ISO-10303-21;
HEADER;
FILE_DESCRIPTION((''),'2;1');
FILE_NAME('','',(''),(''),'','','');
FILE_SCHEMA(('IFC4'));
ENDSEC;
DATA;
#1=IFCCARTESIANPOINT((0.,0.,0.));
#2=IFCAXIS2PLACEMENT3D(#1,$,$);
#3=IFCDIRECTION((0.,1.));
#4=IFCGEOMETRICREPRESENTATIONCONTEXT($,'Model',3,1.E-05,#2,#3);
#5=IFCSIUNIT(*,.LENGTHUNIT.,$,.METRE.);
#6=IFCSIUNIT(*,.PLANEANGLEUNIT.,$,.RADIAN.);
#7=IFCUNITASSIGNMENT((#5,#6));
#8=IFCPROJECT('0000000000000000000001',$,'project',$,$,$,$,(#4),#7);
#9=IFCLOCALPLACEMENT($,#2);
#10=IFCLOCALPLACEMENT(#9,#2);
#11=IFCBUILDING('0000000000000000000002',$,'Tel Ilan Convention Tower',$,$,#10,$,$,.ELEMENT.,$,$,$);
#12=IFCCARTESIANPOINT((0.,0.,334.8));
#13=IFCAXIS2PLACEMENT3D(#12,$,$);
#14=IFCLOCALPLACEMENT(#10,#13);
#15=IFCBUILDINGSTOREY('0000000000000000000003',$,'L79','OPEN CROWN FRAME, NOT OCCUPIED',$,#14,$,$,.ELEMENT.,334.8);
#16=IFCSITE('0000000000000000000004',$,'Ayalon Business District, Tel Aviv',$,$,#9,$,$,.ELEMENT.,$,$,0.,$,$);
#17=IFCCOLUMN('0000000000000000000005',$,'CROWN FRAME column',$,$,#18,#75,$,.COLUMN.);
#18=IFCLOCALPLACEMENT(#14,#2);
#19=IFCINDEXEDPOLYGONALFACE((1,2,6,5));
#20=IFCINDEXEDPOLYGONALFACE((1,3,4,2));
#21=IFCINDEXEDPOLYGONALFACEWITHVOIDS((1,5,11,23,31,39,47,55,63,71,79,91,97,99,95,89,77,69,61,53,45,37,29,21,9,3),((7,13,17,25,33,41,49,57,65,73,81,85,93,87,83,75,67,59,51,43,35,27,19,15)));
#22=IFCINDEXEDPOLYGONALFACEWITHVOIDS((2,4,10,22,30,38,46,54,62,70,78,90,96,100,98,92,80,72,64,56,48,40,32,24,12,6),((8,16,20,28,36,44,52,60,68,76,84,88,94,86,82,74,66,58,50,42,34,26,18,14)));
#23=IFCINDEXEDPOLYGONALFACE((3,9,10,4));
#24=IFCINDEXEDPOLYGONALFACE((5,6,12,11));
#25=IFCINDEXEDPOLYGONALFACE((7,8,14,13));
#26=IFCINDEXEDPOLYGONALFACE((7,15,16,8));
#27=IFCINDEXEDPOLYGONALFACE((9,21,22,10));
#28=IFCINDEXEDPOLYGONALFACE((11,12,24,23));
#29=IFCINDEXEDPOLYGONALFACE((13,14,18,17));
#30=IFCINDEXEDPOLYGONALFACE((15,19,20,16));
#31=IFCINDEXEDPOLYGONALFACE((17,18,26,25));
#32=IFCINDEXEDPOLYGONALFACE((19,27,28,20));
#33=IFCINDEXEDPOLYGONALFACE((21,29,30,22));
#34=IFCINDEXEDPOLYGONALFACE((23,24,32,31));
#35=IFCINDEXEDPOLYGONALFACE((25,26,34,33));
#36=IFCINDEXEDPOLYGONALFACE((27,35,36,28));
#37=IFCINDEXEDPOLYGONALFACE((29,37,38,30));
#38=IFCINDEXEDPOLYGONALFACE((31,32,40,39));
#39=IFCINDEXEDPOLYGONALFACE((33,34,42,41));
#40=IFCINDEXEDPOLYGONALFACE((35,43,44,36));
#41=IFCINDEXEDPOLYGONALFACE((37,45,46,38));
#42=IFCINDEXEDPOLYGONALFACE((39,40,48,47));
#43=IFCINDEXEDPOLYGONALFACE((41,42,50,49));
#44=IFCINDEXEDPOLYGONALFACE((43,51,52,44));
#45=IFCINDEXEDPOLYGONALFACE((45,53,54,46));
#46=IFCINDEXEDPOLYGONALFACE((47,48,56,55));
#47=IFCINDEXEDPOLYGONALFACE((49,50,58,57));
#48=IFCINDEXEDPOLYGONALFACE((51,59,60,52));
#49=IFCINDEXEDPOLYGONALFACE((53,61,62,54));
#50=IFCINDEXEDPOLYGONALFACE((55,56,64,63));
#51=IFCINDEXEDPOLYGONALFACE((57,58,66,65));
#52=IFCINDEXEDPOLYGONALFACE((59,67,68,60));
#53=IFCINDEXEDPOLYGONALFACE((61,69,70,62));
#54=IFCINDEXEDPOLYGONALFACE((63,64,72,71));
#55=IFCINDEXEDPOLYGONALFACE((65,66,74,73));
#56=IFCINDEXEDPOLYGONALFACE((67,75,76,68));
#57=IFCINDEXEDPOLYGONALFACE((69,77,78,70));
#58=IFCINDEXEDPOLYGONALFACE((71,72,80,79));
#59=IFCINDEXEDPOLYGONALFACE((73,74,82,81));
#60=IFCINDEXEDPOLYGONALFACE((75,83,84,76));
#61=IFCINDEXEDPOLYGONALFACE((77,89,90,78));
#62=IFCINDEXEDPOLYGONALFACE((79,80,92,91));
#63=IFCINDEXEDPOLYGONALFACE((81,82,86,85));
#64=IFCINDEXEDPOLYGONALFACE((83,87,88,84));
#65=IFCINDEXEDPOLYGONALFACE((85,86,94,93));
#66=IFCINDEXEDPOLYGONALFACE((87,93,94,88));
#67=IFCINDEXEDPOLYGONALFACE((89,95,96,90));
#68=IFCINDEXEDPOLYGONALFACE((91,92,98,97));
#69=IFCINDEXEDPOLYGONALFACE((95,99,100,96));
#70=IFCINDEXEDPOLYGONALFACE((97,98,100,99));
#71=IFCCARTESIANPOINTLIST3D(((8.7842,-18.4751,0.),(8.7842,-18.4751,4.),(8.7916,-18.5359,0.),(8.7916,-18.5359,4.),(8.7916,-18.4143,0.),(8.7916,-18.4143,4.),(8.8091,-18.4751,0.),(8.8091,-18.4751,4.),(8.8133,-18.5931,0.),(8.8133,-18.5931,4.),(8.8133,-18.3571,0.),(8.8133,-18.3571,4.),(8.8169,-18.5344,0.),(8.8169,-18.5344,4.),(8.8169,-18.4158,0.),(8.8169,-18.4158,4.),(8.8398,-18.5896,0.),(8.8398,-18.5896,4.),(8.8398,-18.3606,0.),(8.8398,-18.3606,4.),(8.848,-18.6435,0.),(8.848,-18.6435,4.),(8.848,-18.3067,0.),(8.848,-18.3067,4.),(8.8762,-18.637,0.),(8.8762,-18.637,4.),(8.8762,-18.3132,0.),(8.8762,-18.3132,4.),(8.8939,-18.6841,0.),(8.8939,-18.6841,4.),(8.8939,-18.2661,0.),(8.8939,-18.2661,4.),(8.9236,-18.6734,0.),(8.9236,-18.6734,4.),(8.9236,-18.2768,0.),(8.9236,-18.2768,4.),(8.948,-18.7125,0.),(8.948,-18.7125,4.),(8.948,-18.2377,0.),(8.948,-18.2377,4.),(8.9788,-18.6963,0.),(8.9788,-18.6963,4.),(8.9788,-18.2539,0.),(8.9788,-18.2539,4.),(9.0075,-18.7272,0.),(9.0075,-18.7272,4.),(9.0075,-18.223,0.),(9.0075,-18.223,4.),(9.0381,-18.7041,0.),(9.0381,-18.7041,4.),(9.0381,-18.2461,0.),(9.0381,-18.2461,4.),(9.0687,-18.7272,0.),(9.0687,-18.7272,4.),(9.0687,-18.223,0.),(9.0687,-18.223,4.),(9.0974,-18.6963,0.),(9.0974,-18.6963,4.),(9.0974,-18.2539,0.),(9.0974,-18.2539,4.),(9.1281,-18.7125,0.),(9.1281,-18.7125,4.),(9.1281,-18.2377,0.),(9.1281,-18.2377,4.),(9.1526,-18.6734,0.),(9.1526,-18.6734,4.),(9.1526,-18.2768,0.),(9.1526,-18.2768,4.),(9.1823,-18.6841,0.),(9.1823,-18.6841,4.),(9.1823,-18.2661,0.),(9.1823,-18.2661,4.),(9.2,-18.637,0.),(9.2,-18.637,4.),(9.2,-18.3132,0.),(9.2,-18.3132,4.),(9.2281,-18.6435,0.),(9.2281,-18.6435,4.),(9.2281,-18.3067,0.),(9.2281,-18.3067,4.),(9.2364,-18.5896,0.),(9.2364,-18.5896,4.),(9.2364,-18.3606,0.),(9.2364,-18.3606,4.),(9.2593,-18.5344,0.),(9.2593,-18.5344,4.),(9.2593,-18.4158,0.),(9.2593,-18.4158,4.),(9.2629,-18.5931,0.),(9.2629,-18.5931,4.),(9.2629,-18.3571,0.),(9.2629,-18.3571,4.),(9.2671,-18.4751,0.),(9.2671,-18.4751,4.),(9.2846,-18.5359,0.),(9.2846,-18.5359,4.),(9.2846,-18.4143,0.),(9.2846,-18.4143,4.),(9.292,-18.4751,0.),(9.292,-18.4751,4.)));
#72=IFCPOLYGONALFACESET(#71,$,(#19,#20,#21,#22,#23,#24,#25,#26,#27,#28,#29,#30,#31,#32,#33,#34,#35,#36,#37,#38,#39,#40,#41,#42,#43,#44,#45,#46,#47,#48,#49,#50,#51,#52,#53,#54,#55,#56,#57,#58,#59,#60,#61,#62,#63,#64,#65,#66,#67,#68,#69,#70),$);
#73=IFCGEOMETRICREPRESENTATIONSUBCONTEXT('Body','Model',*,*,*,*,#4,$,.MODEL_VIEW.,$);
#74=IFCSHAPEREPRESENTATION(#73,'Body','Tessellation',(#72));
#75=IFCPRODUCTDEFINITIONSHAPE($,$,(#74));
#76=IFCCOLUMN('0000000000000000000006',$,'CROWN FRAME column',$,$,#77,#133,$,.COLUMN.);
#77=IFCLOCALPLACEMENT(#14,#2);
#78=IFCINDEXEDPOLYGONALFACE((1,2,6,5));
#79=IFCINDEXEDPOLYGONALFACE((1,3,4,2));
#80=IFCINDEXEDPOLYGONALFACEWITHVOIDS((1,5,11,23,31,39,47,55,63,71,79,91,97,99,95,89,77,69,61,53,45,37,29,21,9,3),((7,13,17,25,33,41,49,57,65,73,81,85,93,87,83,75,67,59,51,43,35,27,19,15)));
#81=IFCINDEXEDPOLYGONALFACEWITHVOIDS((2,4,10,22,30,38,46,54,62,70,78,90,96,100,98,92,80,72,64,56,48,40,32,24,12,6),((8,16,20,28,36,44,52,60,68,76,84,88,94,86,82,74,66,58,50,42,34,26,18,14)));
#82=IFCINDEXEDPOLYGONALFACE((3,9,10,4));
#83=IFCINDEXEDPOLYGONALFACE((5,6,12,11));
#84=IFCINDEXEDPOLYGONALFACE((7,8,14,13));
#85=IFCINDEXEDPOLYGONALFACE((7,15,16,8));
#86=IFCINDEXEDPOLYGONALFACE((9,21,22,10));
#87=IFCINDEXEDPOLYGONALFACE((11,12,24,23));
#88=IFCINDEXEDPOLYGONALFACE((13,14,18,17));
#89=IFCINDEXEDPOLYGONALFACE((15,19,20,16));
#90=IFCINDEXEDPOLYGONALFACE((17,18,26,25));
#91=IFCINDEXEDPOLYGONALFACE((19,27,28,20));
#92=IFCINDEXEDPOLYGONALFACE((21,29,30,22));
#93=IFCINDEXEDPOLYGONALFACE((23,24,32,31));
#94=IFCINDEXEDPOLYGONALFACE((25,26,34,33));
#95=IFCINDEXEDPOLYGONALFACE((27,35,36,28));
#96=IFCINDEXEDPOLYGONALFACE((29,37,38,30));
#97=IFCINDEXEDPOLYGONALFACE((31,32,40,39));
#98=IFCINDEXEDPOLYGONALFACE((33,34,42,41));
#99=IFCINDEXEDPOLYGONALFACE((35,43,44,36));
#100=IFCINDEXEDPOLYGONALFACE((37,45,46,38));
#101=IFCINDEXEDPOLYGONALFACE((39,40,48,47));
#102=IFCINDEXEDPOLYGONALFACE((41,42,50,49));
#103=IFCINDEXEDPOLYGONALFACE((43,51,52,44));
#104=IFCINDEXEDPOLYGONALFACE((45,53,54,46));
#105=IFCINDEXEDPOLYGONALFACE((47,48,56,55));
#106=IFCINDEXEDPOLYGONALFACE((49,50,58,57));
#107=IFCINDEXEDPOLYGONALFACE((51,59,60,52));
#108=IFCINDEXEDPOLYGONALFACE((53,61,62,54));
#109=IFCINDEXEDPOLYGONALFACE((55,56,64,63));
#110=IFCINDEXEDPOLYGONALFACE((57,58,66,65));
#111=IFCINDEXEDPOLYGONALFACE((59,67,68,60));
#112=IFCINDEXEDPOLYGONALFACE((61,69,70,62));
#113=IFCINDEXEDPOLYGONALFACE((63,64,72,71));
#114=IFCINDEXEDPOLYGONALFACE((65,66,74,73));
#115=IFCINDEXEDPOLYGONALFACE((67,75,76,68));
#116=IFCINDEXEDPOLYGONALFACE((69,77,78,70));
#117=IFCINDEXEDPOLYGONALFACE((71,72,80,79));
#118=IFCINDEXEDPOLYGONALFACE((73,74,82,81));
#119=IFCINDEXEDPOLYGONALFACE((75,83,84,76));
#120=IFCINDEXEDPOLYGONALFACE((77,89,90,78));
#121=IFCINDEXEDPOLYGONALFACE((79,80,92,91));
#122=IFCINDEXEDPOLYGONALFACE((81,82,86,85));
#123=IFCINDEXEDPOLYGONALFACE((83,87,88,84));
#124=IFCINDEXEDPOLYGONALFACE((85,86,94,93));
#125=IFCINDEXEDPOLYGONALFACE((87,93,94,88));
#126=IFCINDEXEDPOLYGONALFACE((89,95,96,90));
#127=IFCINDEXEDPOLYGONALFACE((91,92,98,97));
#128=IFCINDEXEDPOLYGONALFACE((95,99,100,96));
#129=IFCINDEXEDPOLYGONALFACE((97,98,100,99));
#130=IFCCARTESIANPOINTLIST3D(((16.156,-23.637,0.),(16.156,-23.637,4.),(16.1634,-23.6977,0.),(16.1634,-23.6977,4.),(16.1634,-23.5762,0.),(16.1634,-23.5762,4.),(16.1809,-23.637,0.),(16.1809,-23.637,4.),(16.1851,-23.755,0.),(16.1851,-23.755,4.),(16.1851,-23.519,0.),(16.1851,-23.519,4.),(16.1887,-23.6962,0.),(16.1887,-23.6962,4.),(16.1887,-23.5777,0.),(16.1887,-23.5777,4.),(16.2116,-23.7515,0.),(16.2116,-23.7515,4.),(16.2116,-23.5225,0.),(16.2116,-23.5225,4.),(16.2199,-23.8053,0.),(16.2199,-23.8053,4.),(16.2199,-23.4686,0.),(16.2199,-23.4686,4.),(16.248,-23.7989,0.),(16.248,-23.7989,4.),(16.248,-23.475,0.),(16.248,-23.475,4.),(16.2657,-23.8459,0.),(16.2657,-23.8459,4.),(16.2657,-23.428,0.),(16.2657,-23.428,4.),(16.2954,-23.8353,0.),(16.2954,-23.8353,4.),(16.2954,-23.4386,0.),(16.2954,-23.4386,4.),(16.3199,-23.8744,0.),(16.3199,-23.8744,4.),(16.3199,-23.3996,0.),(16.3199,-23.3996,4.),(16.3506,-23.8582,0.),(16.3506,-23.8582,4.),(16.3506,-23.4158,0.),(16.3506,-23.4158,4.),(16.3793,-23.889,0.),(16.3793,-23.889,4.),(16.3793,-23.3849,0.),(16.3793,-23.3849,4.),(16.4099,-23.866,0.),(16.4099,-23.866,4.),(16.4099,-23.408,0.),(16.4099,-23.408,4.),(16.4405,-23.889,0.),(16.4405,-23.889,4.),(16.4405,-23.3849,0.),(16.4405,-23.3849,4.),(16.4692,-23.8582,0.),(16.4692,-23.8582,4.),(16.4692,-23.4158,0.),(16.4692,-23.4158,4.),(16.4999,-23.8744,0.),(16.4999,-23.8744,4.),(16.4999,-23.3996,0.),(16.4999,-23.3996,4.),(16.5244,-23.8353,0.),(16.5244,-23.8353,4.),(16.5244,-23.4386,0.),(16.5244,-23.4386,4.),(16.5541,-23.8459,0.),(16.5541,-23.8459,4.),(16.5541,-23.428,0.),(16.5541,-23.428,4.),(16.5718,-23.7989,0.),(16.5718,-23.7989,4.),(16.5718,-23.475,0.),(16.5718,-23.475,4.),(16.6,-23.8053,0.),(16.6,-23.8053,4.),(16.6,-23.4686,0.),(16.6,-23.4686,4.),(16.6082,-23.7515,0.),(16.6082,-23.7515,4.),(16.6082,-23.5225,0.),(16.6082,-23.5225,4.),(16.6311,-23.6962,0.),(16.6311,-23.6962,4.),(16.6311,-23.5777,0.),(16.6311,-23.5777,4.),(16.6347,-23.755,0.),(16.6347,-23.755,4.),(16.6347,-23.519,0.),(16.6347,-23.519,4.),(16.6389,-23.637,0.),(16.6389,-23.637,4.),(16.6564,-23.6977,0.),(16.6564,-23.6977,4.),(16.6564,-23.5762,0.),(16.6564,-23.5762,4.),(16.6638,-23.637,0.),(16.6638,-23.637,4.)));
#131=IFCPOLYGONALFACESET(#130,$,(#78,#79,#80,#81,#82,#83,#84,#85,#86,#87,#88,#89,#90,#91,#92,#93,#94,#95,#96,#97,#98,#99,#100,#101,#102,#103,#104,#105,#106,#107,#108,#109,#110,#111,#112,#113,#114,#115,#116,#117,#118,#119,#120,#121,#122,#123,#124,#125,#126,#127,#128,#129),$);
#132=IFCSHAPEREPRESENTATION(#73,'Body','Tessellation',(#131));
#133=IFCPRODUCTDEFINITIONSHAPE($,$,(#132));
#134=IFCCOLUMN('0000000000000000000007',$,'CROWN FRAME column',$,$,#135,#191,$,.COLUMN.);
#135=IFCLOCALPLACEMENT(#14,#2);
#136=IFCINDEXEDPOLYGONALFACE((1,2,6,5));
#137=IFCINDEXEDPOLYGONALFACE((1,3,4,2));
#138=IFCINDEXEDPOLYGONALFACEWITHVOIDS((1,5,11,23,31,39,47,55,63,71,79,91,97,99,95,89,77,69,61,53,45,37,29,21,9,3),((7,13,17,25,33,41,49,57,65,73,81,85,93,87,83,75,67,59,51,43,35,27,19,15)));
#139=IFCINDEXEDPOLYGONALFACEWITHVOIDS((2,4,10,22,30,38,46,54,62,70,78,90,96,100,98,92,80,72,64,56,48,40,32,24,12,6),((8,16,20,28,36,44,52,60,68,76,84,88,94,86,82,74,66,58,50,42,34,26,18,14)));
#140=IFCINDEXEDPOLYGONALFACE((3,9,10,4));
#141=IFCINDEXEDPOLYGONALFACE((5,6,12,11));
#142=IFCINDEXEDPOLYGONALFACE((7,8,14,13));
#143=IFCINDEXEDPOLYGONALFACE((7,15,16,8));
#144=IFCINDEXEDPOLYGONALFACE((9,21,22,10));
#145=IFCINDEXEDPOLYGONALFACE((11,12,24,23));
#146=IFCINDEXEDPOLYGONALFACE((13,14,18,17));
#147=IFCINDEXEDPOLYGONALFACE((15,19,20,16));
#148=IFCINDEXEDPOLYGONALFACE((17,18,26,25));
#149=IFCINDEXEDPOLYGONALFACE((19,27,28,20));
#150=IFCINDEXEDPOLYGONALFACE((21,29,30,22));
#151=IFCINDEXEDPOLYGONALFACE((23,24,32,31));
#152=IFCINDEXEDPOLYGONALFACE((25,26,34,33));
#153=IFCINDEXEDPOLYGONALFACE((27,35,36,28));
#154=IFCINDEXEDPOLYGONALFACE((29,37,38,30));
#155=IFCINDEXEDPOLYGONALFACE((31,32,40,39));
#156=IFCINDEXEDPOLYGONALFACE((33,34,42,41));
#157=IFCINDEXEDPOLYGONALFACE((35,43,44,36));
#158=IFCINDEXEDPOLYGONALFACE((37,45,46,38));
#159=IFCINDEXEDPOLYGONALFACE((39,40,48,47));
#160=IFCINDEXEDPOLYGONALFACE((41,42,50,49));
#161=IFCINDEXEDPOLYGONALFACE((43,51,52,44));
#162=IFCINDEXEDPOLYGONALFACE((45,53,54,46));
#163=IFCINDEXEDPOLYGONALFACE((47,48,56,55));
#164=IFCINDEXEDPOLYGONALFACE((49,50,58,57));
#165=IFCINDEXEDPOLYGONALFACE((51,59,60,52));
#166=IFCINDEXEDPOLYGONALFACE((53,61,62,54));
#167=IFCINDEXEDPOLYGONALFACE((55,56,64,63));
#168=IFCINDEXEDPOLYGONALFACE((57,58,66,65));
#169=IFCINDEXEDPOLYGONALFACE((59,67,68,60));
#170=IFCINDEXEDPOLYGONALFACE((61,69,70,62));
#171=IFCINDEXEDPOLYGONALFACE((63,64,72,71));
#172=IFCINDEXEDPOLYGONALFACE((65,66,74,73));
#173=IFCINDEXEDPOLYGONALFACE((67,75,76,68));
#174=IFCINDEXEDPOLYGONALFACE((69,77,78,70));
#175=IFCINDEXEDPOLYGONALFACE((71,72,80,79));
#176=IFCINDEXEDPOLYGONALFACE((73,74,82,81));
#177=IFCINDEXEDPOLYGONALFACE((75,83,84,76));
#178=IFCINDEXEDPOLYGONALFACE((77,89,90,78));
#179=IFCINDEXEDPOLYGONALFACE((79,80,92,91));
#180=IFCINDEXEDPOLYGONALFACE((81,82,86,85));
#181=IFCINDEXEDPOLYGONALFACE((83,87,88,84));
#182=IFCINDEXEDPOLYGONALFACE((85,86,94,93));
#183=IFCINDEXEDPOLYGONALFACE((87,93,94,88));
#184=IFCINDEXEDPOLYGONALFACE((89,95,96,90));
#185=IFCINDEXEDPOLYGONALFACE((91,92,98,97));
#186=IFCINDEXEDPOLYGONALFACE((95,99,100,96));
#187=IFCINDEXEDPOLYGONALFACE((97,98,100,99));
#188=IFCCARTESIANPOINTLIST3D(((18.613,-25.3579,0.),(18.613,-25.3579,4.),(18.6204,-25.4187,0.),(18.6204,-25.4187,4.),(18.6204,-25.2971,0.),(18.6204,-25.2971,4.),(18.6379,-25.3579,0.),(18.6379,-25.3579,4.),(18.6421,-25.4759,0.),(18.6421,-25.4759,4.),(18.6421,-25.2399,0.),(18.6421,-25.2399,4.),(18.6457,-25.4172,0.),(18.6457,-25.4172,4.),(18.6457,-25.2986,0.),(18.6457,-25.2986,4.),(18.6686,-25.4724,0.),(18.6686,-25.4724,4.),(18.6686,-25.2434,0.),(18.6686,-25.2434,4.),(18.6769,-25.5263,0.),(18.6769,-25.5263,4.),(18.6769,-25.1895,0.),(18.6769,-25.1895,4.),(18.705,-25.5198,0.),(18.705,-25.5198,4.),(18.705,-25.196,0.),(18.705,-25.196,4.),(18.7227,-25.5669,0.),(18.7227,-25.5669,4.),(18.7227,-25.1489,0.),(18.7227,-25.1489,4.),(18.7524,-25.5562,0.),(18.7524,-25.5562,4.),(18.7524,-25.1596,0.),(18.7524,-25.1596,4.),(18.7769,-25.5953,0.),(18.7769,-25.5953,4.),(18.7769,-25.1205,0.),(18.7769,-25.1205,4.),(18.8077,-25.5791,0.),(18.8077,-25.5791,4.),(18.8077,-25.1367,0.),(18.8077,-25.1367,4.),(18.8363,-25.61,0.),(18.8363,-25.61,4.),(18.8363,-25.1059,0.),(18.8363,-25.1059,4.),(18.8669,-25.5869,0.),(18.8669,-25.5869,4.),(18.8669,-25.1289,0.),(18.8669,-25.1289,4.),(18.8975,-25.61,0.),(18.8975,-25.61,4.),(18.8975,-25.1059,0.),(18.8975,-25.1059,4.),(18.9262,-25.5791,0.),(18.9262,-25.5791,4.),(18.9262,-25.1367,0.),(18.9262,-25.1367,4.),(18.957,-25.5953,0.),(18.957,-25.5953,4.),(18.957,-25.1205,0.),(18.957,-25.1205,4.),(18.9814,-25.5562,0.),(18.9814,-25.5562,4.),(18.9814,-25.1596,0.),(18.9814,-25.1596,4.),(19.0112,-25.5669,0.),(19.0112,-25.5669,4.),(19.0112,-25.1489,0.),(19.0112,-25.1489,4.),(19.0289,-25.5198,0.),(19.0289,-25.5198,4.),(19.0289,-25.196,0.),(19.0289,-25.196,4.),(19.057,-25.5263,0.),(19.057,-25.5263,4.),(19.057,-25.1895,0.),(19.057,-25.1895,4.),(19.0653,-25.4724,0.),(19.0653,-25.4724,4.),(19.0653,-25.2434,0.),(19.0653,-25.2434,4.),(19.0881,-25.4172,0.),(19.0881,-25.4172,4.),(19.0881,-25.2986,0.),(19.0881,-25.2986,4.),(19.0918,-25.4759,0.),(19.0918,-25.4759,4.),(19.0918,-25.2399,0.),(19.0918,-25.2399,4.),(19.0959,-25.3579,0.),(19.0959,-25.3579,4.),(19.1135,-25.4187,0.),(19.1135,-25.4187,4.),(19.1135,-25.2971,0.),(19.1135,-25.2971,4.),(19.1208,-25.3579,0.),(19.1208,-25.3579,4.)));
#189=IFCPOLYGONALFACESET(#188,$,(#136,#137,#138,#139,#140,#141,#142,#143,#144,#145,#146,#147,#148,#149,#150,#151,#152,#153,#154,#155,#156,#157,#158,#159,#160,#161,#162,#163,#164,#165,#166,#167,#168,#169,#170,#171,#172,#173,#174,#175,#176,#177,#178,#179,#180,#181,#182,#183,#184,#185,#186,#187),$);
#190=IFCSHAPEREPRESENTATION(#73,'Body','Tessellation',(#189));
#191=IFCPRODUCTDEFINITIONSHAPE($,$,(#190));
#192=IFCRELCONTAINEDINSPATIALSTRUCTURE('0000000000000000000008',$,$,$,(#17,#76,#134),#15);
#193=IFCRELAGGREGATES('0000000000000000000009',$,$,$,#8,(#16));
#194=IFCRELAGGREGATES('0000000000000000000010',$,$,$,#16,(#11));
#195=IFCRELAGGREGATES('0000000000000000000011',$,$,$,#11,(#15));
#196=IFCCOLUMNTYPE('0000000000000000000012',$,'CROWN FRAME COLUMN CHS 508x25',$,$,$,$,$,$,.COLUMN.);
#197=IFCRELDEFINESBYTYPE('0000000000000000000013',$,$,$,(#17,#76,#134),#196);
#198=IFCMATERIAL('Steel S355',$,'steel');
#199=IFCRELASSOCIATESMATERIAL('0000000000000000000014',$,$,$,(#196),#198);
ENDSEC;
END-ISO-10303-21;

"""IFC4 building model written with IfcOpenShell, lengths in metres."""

from ifc_helpers import new_model, si_unit, direction, frame, origin, origin_2d, place, context, subcontext, project, spatial, hollow_circle, extrude, material, material_profile, profile_set, type_object, element, save


model = new_model("IFC4")

# Units and contexts
model_context = context("Model", 3, precision=1e-05, world=origin(), true_north=direction((0.0, 1.0)))
body_context = subcontext(model_context, "Body", "Model", "MODEL_VIEW")
ifc_project = project(units=[si_unit("LENGTHUNIT", "METRE"), si_unit("PLANEANGLEUNIT", "RADIAN")], contexts=[model_context])

# Site, building, storey
site_placement = place(None, origin())
site = spatial("IfcSite", under=ifc_project, at=site_placement, Name="Ayalon Business District, Tel Aviv", CompositionType="ELEMENT", RefElevation=0.0)
building_placement = place(site_placement, origin())
building = spatial("IfcBuilding", under=site, at=building_placement, Name="Tel Ilan Convention Tower", CompositionType="ELEMENT")
storey_placement = place(building_placement, frame((0.0, 0.0, 334.8)))
storey = spatial("IfcBuildingStorey", under=building, at=storey_placement, Name="L79", Description="OPEN CROWN FRAME, NOT OCCUPIED", CompositionType="ELEMENT", Elevation=334.8)

# Columns
ifc_material_1 = material(Name="Steel S355", Category="steel")
ifc_material_profile_1 = material_profile(ifc_material_1, hollow_circle(Radius=0.2539, WallThickness=0.0249, at=origin_2d()), Name="CHS 508x25")
ifc_profile_set_1 = profile_set([ifc_material_profile_1], Name="Steel S355")
column_type = type_object("IfcColumnType", Name="CROWN FRAME COLUMN CHS 508x25", PredefinedType="COLUMN", material=ifc_profile_set_1)
for number, where, z_axis, x_axis, name in (
    (1, (9.0381, -18.4751, 0.0), (0.0, 0.0, 1.0), (1.0, 0.0, 0.0), "CROWN FRAME column"),
    (2, (16.4099, -23.637, 0.0), (0.0, 0.0, 1.0), (1.0, 0.0, 0.0), "CROWN FRAME column"),
    (3, (18.8669, -25.3579, 0.0), (0.0, 0.0, 1.0), (1.0, 0.0, 0.0), "CROWN FRAME column"),
):
    element("IfcColumn", number, at=place(storey_placement, frame(where, z_axis=z_axis, x_axis=x_axis)), inside=storey, type_object=column_type, Name=name, PredefinedType="COLUMN", context=body_context, shape_type="SweptSolid", body=[
        extrude(hollow_circle(Radius=0.2539, WallThickness=0.0249, at=origin_2d()), origin(), (0.0, 0.0, 1.0), 4.0),
    ])

save(model, "model.ifc")
